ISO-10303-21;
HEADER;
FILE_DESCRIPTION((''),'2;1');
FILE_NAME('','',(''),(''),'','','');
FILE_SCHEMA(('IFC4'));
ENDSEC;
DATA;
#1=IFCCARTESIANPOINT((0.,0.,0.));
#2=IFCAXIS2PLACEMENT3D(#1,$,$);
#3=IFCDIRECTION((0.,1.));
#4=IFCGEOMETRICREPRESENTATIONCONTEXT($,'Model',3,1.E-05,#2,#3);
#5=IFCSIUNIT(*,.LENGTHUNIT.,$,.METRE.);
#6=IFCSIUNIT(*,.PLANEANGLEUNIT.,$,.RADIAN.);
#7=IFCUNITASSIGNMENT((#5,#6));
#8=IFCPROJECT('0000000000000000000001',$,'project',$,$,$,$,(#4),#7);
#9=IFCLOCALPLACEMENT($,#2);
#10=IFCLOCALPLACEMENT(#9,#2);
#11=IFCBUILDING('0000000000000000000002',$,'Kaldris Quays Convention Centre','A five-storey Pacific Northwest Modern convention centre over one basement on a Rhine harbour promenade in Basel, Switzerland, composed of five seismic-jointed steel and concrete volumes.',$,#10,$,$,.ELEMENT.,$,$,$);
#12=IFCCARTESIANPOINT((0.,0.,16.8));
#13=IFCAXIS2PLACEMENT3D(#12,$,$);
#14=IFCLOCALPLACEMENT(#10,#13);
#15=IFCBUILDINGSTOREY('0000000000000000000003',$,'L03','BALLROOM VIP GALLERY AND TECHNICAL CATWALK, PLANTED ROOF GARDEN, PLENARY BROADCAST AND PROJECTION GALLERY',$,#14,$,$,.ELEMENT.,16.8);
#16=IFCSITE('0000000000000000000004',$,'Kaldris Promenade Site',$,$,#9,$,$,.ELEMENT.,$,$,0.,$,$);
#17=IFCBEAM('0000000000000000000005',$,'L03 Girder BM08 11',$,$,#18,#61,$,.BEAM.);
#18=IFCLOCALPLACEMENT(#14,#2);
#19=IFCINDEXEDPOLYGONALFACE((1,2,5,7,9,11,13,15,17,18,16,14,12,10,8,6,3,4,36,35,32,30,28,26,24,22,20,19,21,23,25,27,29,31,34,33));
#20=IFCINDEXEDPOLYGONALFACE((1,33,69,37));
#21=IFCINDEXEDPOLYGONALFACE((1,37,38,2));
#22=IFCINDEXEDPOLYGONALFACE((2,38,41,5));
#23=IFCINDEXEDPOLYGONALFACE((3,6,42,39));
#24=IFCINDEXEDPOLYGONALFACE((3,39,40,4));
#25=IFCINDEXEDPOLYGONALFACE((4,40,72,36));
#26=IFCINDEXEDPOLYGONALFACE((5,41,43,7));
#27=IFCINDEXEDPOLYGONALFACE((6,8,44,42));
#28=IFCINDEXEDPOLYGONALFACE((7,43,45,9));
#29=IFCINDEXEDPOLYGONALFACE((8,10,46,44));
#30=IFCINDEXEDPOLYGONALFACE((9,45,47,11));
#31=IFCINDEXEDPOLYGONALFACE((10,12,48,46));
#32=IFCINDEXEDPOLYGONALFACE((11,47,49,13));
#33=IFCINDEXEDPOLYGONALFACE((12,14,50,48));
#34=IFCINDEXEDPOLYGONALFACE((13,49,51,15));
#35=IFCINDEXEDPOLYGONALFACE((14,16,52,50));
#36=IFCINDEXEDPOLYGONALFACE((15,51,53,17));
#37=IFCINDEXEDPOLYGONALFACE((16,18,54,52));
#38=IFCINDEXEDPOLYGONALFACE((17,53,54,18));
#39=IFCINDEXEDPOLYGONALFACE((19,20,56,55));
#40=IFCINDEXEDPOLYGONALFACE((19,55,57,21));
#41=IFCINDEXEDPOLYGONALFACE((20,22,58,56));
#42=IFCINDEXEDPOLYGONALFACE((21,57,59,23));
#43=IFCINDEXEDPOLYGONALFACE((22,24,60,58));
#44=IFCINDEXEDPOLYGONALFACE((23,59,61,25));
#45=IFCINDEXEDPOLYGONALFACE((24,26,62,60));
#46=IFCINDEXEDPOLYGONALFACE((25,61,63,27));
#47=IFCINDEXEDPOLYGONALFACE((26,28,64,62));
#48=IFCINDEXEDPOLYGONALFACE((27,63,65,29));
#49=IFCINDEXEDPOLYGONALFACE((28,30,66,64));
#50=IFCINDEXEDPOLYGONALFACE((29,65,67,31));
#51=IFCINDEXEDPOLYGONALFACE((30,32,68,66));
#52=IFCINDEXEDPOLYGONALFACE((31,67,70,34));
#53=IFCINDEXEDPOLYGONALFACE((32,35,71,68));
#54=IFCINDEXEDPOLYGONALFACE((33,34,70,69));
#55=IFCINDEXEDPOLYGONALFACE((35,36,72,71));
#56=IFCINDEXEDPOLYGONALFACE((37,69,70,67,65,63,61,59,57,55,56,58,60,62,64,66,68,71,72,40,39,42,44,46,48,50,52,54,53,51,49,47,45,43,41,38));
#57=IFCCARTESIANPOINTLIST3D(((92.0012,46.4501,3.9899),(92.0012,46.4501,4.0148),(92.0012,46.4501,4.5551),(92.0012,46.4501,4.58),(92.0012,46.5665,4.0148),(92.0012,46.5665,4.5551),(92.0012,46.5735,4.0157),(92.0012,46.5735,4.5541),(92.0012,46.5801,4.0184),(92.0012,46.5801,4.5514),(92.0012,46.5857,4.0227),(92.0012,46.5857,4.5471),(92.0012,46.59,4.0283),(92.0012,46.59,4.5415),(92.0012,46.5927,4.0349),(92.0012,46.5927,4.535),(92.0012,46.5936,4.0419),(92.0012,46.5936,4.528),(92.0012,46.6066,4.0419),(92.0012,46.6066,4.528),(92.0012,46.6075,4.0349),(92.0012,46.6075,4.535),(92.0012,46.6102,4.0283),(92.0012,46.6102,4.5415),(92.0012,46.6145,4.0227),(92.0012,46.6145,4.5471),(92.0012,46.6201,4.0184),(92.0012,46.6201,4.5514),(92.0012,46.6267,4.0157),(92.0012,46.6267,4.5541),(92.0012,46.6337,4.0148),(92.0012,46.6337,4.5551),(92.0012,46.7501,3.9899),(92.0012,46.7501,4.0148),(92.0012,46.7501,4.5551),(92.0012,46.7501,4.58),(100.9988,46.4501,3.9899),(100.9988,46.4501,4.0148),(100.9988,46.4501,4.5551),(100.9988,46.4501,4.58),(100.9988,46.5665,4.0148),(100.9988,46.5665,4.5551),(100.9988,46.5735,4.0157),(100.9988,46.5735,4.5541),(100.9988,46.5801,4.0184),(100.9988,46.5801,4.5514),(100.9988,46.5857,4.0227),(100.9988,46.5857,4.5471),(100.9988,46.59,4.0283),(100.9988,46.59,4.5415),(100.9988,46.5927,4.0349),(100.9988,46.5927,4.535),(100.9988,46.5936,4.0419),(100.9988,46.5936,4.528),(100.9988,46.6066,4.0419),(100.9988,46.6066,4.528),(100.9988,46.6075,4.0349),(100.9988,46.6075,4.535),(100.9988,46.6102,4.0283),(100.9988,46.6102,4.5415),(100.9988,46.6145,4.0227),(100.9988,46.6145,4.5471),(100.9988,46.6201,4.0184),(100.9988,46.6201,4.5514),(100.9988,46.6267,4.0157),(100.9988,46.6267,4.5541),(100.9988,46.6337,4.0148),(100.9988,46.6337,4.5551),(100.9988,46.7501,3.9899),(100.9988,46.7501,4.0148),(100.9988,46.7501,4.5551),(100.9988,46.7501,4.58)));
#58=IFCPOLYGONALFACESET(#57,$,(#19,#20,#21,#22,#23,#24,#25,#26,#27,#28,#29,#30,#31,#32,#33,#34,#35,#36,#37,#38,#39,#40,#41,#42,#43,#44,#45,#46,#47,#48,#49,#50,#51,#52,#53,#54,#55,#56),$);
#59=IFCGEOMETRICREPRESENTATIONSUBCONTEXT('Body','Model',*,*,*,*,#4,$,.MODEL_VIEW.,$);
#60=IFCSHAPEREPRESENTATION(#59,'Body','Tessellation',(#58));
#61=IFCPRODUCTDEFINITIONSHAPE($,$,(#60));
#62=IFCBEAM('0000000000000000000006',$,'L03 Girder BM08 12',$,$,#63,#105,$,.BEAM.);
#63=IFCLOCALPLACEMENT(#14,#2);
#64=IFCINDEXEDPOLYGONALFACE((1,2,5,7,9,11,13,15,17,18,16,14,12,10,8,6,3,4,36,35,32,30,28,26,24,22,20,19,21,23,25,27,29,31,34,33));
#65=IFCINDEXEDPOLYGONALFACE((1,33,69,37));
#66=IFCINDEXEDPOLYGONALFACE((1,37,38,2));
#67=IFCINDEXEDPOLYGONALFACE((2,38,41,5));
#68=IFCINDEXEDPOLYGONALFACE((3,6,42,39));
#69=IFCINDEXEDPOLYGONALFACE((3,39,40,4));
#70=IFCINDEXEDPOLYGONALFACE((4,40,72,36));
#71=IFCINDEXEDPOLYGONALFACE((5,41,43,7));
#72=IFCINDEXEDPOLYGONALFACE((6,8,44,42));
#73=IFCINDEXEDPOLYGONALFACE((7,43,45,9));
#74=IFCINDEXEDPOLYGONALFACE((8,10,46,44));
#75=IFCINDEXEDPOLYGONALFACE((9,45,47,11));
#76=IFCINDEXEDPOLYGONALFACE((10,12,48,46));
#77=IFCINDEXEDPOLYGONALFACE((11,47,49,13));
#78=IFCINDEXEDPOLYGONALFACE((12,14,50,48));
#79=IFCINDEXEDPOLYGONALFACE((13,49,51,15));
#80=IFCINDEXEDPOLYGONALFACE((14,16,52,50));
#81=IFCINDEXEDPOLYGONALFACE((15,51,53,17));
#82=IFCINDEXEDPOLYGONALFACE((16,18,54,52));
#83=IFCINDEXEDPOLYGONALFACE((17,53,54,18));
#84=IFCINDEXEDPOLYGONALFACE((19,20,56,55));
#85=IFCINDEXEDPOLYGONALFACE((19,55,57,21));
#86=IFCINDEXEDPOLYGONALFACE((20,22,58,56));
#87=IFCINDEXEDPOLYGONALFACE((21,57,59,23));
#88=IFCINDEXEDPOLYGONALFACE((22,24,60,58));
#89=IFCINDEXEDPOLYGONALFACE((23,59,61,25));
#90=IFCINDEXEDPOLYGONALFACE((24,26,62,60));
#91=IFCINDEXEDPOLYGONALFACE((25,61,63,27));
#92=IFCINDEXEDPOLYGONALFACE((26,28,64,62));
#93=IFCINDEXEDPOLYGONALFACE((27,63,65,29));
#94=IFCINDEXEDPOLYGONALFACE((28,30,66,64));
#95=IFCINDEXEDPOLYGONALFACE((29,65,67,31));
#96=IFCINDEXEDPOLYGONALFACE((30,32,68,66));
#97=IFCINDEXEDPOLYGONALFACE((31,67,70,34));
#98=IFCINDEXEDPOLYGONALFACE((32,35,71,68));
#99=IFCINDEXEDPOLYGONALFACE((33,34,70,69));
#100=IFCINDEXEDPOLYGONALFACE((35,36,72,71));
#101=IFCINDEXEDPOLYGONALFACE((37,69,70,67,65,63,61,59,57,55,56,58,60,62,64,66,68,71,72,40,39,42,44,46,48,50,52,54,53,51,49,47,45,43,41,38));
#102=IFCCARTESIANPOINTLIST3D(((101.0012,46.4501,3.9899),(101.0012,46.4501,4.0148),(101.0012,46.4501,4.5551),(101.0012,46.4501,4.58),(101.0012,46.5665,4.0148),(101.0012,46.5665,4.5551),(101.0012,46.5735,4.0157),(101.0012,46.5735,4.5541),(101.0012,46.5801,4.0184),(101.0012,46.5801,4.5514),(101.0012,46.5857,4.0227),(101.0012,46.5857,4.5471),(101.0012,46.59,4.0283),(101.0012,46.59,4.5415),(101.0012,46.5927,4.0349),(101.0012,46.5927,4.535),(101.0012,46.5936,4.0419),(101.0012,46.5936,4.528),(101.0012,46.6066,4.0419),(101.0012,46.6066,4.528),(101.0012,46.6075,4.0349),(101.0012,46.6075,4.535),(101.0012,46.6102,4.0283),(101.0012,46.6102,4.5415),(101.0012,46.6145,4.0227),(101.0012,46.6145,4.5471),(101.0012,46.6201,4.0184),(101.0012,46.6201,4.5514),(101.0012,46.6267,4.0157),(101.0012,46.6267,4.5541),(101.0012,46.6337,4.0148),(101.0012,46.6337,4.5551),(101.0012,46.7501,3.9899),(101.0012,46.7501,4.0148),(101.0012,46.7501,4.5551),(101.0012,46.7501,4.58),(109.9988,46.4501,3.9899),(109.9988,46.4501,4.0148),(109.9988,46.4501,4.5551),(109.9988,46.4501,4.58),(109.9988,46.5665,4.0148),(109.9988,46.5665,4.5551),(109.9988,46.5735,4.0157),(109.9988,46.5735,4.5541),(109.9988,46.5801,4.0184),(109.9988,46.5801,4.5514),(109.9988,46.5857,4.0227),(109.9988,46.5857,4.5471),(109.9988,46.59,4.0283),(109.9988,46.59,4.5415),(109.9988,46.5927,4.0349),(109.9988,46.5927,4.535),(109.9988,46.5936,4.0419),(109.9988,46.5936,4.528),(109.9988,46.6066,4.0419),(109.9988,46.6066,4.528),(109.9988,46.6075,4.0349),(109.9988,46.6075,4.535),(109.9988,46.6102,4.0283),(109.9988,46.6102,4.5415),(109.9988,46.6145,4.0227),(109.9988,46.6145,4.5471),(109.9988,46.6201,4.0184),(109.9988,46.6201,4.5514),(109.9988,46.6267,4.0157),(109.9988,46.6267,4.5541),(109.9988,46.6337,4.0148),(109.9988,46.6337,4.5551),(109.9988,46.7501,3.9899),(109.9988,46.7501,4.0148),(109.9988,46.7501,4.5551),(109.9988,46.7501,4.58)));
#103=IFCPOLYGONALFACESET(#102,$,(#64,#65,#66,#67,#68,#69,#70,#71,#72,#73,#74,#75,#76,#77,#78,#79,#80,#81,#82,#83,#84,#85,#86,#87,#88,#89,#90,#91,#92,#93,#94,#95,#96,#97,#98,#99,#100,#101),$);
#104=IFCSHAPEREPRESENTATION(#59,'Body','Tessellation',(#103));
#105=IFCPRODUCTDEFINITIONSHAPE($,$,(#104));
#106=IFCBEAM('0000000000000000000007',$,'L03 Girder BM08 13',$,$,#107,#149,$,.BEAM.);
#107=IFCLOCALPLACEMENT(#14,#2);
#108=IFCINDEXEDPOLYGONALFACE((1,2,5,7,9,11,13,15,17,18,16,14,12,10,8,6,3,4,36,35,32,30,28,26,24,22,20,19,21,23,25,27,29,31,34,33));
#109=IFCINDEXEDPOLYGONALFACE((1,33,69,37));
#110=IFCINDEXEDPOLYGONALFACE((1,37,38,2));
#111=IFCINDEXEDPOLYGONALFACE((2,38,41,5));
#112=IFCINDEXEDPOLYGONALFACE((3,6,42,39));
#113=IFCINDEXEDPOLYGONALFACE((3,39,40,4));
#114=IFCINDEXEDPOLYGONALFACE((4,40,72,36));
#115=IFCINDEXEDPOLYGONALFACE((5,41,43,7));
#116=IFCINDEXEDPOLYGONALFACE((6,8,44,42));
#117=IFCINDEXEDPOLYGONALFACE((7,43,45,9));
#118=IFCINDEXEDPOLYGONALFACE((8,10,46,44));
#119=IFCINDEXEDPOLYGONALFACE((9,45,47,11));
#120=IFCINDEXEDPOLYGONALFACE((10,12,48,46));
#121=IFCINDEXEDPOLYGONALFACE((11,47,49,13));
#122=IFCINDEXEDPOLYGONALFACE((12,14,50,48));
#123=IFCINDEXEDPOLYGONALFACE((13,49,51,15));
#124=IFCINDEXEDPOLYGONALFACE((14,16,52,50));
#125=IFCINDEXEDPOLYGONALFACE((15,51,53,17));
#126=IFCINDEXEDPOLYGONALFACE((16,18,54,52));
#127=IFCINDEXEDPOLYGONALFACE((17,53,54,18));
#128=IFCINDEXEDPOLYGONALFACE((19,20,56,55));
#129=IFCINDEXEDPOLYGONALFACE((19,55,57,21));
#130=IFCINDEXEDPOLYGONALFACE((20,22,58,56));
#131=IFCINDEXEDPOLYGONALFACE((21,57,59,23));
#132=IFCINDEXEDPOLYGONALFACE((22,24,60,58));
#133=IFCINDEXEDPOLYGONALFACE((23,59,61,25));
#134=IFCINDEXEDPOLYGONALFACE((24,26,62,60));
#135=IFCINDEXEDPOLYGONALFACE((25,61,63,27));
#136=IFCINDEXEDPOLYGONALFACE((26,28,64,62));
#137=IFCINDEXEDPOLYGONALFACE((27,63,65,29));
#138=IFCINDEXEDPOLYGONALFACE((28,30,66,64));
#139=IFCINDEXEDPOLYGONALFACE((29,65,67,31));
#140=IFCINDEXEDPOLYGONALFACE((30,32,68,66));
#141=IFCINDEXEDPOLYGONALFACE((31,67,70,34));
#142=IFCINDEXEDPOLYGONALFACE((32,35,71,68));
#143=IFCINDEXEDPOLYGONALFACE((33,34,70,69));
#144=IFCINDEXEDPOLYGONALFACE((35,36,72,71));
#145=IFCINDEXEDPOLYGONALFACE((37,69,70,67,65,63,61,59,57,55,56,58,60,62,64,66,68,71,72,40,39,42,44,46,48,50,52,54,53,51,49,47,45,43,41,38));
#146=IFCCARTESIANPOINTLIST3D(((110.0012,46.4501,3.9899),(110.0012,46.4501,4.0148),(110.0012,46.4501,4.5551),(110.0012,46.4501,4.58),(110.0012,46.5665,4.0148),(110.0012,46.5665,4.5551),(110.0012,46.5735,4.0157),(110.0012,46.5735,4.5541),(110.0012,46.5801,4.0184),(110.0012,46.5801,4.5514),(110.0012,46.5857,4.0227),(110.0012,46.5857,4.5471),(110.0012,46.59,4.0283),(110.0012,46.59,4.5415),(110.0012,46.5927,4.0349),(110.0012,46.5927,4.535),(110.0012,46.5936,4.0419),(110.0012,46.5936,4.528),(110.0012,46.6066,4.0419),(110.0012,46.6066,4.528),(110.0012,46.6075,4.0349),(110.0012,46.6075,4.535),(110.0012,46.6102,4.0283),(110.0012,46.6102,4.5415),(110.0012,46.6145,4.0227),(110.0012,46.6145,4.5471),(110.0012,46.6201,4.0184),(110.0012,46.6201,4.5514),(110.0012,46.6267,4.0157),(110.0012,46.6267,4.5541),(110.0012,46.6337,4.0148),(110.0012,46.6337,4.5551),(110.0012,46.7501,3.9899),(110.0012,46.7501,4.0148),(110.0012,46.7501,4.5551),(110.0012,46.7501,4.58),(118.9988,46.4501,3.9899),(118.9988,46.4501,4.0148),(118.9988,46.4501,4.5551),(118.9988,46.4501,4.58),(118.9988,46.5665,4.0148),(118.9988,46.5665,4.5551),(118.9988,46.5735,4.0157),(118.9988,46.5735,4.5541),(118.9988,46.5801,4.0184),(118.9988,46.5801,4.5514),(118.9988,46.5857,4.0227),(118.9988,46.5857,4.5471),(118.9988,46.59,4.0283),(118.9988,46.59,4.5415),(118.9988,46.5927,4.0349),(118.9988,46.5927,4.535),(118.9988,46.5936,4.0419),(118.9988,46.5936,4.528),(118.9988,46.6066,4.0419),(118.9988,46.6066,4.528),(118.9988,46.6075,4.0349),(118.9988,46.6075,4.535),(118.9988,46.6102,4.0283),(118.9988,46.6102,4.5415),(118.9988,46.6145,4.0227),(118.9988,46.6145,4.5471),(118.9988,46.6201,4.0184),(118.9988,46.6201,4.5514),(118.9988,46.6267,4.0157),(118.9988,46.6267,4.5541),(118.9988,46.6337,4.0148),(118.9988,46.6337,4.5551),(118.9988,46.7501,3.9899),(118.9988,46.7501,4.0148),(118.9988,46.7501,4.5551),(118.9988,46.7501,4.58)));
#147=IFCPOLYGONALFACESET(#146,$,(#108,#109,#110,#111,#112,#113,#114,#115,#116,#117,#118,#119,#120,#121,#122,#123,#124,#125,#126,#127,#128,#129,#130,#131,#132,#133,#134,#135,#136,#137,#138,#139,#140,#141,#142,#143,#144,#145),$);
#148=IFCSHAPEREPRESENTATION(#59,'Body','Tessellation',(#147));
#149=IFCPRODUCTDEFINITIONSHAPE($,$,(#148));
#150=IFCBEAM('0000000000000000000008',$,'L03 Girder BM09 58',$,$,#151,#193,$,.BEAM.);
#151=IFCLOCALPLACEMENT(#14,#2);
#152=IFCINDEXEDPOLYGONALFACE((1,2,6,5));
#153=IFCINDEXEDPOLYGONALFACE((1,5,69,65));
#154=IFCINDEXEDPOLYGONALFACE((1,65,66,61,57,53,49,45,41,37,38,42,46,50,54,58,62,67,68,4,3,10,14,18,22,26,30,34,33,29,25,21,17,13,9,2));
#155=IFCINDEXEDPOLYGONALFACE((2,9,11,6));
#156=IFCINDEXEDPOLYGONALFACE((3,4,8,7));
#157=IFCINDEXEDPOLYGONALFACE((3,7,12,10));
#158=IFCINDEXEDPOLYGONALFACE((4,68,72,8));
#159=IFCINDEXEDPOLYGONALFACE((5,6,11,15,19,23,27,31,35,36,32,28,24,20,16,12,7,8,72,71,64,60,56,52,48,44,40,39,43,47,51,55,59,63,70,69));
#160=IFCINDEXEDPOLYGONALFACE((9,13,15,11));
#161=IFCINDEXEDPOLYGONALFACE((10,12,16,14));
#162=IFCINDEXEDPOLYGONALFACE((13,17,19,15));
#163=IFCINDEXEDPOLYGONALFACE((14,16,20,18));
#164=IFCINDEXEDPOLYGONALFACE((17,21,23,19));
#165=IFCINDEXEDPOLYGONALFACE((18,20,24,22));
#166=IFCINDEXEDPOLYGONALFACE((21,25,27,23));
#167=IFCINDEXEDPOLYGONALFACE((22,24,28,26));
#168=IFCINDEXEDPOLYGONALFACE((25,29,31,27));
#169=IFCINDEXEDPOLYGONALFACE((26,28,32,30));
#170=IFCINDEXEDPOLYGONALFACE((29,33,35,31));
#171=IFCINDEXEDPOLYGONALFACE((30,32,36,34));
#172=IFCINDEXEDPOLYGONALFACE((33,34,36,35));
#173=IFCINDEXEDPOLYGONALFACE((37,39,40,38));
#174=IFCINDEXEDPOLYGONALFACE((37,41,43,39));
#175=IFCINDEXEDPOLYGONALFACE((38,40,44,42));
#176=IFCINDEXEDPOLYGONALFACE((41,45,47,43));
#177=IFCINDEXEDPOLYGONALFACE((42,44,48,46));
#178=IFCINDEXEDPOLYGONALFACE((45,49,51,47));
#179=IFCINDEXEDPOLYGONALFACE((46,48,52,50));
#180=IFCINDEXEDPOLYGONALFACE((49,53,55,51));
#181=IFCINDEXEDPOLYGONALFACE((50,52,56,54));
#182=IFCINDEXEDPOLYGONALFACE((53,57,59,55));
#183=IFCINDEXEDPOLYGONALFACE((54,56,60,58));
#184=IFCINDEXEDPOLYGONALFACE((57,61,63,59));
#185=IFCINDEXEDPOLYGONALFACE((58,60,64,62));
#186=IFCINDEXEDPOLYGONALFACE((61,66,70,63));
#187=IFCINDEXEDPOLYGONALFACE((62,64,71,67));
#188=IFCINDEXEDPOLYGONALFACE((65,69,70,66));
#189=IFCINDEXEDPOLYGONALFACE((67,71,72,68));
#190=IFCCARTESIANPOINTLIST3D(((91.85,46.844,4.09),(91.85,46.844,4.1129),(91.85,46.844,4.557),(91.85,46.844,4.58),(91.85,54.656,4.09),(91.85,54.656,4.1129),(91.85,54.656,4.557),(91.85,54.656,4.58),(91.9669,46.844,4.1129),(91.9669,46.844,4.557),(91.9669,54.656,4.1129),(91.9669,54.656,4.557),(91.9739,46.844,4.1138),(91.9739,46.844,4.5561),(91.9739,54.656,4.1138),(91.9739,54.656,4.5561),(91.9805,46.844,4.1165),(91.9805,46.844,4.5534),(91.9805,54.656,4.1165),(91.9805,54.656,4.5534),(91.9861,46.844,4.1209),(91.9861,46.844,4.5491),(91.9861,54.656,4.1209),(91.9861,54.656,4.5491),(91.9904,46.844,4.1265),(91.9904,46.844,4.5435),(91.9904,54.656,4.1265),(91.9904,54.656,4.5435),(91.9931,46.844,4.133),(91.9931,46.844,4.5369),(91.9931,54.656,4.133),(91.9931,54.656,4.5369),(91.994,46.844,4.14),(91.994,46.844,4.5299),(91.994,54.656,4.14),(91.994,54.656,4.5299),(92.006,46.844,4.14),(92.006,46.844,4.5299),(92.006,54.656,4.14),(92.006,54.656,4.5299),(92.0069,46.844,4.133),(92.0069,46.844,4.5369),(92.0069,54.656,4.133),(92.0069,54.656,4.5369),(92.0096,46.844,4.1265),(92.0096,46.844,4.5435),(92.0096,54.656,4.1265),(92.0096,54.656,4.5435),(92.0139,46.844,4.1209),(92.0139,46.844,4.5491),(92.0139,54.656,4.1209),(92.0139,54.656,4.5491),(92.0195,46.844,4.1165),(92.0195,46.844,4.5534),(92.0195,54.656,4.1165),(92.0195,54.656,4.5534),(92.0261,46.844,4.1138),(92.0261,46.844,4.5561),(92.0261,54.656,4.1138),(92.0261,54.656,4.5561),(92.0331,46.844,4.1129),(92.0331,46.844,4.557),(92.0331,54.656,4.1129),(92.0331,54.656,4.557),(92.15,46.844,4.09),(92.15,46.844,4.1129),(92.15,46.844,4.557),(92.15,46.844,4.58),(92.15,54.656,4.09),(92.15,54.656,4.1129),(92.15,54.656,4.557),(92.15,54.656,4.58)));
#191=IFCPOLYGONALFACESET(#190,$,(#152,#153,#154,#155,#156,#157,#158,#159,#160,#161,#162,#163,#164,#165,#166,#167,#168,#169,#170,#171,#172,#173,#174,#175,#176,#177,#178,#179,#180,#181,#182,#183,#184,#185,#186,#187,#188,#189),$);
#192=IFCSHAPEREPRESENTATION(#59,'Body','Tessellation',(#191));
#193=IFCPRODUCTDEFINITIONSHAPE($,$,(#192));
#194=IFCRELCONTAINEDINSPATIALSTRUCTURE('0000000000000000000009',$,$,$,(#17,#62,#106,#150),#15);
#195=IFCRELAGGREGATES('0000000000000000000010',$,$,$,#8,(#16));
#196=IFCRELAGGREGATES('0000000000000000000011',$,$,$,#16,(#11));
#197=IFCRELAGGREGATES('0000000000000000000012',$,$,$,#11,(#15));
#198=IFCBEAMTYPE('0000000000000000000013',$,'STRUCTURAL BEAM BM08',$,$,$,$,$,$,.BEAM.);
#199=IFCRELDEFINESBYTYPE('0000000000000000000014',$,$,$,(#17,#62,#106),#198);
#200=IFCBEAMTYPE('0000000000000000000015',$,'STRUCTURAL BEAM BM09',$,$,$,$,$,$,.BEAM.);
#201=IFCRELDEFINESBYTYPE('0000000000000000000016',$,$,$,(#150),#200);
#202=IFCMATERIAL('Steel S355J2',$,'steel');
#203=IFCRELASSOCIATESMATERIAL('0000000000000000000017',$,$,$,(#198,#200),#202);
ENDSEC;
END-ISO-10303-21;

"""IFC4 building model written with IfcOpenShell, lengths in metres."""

from ifc_helpers import new_model, si_unit, direction, frame, origin, origin_2d, place, context, subcontext, project, spatial, i_section, extrude, material, material_profile, profile_set, type_object, element, save


model = new_model("IFC4")

# Units and contexts
model_context = context("Model", 3, precision=1e-05, world=origin(), true_north=direction((0.0, 1.0)))
body_context = subcontext(model_context, "Body", "Model", "MODEL_VIEW")
ifc_project = project(units=[si_unit("LENGTHUNIT", "METRE"), si_unit("PLANEANGLEUNIT", "RADIAN")], contexts=[model_context])

# Site, building, storey
site_placement = place(None, origin())
site = spatial("IfcSite", under=ifc_project, at=site_placement, Name="Kaldris Promenade Site", CompositionType="ELEMENT", RefElevation=0.0)
building_placement = place(site_placement, origin())
building = spatial("IfcBuilding", under=site, at=building_placement, Name="Kaldris Quays Convention Centre", Description="A five-storey Pacific Northwest Modern convention centre over one basement on a Rhine harbour promenade in Basel, Switzerland, composed of five seismic-jointed steel and concrete volumes.", CompositionType="ELEMENT")
storey_placement = place(building_placement, frame((0.0, 0.0, 16.8)))
storey = spatial("IfcBuildingStorey", under=building, at=storey_placement, Name="L03", Description="BALLROOM VIP GALLERY AND TECHNICAL CATWALK, PLANTED ROOF GARDEN, PLENARY BROADCAST AND PROJECTION GALLERY", CompositionType="ELEMENT", Elevation=16.8)

# Shared definitions
ifc_material_1 = material(Name="Steel S355J2", Category="steel")

# Beams
ifc_material_profile_1 = material_profile(ifc_material_1, i_section(OverallWidth=0.3, OverallDepth=0.5901, WebThickness=0.0129, FlangeThickness=0.0249, FilletRadius=0.0271, at=origin_2d()), Name="HEA 600")
ifc_profile_set_1 = profile_set([ifc_material_profile_1], Name="Steel S355J2")
beam_type_1 = type_object("IfcBeamType", Name="STRUCTURAL BEAM BM08", PredefinedType="BEAM", material=ifc_profile_set_1)
for number, where, z_axis, x_axis, name in (
    (1, (92.0012, 46.6001, 4.2849), (1.0, 0.0, 0.0), (0.0, 1.0, 0.0), "L03 Girder BM08 11"),
    (2, (101.0012, 46.6001, 4.2849), (1.0, 0.0, 0.0), (0.0, 1.0, 0.0), "L03 Girder BM08 12"),
    (3, (110.0012, 46.6001, 4.2849), (1.0, 0.0, 0.0), (0.0, 1.0, 0.0), "L03 Girder BM08 13"),
):
    element("IfcBeam", number, at=place(storey_placement, frame(where, z_axis=z_axis, x_axis=x_axis)), inside=storey, type_object=beam_type_1, Name=name, PredefinedType="BEAM", context=body_context, shape_type="SweptSolid", body=[
        extrude(i_section(OverallWidth=0.3, OverallDepth=0.5901, WebThickness=0.0129, FlangeThickness=0.0249, FilletRadius=0.0271, at=origin_2d()), origin(), (0.0, 0.0, 1.0), 8.9976),
    ])
ifc_material_profile_2 = material_profile(ifc_material_1, i_section(OverallWidth=0.3, OverallDepth=0.49, WebThickness=0.012, FlangeThickness=0.0229, FilletRadius=0.0271, at=origin_2d()), Name="HEA 500")
ifc_profile_set_2 = profile_set([ifc_material_profile_2], Name="Steel S355J2")
beam_type_2 = type_object("IfcBeamType", Name="STRUCTURAL BEAM BM09", PredefinedType="BEAM", material=ifc_profile_set_2)
for number, where, z_axis, x_axis, name in (
    (4, (92.0, 46.844, 4.335), (0.0, 1.0, 0.0), (-1.0, 0.0, 0.0), "L03 Girder BM09 58"),
):
    element("IfcBeam", number, at=place(storey_placement, frame(where, z_axis=z_axis, x_axis=x_axis)), inside=storey, type_object=beam_type_2, Name=name, PredefinedType="BEAM", context=body_context, shape_type="SweptSolid", body=[
        extrude(i_section(OverallWidth=0.3, OverallDepth=0.49, WebThickness=0.012, FlangeThickness=0.0229, FilletRadius=0.0271, at=origin_2d()), origin(), (0.0, 0.0, 1.0), 7.812),
    ])

save(model, "model.ifc")
